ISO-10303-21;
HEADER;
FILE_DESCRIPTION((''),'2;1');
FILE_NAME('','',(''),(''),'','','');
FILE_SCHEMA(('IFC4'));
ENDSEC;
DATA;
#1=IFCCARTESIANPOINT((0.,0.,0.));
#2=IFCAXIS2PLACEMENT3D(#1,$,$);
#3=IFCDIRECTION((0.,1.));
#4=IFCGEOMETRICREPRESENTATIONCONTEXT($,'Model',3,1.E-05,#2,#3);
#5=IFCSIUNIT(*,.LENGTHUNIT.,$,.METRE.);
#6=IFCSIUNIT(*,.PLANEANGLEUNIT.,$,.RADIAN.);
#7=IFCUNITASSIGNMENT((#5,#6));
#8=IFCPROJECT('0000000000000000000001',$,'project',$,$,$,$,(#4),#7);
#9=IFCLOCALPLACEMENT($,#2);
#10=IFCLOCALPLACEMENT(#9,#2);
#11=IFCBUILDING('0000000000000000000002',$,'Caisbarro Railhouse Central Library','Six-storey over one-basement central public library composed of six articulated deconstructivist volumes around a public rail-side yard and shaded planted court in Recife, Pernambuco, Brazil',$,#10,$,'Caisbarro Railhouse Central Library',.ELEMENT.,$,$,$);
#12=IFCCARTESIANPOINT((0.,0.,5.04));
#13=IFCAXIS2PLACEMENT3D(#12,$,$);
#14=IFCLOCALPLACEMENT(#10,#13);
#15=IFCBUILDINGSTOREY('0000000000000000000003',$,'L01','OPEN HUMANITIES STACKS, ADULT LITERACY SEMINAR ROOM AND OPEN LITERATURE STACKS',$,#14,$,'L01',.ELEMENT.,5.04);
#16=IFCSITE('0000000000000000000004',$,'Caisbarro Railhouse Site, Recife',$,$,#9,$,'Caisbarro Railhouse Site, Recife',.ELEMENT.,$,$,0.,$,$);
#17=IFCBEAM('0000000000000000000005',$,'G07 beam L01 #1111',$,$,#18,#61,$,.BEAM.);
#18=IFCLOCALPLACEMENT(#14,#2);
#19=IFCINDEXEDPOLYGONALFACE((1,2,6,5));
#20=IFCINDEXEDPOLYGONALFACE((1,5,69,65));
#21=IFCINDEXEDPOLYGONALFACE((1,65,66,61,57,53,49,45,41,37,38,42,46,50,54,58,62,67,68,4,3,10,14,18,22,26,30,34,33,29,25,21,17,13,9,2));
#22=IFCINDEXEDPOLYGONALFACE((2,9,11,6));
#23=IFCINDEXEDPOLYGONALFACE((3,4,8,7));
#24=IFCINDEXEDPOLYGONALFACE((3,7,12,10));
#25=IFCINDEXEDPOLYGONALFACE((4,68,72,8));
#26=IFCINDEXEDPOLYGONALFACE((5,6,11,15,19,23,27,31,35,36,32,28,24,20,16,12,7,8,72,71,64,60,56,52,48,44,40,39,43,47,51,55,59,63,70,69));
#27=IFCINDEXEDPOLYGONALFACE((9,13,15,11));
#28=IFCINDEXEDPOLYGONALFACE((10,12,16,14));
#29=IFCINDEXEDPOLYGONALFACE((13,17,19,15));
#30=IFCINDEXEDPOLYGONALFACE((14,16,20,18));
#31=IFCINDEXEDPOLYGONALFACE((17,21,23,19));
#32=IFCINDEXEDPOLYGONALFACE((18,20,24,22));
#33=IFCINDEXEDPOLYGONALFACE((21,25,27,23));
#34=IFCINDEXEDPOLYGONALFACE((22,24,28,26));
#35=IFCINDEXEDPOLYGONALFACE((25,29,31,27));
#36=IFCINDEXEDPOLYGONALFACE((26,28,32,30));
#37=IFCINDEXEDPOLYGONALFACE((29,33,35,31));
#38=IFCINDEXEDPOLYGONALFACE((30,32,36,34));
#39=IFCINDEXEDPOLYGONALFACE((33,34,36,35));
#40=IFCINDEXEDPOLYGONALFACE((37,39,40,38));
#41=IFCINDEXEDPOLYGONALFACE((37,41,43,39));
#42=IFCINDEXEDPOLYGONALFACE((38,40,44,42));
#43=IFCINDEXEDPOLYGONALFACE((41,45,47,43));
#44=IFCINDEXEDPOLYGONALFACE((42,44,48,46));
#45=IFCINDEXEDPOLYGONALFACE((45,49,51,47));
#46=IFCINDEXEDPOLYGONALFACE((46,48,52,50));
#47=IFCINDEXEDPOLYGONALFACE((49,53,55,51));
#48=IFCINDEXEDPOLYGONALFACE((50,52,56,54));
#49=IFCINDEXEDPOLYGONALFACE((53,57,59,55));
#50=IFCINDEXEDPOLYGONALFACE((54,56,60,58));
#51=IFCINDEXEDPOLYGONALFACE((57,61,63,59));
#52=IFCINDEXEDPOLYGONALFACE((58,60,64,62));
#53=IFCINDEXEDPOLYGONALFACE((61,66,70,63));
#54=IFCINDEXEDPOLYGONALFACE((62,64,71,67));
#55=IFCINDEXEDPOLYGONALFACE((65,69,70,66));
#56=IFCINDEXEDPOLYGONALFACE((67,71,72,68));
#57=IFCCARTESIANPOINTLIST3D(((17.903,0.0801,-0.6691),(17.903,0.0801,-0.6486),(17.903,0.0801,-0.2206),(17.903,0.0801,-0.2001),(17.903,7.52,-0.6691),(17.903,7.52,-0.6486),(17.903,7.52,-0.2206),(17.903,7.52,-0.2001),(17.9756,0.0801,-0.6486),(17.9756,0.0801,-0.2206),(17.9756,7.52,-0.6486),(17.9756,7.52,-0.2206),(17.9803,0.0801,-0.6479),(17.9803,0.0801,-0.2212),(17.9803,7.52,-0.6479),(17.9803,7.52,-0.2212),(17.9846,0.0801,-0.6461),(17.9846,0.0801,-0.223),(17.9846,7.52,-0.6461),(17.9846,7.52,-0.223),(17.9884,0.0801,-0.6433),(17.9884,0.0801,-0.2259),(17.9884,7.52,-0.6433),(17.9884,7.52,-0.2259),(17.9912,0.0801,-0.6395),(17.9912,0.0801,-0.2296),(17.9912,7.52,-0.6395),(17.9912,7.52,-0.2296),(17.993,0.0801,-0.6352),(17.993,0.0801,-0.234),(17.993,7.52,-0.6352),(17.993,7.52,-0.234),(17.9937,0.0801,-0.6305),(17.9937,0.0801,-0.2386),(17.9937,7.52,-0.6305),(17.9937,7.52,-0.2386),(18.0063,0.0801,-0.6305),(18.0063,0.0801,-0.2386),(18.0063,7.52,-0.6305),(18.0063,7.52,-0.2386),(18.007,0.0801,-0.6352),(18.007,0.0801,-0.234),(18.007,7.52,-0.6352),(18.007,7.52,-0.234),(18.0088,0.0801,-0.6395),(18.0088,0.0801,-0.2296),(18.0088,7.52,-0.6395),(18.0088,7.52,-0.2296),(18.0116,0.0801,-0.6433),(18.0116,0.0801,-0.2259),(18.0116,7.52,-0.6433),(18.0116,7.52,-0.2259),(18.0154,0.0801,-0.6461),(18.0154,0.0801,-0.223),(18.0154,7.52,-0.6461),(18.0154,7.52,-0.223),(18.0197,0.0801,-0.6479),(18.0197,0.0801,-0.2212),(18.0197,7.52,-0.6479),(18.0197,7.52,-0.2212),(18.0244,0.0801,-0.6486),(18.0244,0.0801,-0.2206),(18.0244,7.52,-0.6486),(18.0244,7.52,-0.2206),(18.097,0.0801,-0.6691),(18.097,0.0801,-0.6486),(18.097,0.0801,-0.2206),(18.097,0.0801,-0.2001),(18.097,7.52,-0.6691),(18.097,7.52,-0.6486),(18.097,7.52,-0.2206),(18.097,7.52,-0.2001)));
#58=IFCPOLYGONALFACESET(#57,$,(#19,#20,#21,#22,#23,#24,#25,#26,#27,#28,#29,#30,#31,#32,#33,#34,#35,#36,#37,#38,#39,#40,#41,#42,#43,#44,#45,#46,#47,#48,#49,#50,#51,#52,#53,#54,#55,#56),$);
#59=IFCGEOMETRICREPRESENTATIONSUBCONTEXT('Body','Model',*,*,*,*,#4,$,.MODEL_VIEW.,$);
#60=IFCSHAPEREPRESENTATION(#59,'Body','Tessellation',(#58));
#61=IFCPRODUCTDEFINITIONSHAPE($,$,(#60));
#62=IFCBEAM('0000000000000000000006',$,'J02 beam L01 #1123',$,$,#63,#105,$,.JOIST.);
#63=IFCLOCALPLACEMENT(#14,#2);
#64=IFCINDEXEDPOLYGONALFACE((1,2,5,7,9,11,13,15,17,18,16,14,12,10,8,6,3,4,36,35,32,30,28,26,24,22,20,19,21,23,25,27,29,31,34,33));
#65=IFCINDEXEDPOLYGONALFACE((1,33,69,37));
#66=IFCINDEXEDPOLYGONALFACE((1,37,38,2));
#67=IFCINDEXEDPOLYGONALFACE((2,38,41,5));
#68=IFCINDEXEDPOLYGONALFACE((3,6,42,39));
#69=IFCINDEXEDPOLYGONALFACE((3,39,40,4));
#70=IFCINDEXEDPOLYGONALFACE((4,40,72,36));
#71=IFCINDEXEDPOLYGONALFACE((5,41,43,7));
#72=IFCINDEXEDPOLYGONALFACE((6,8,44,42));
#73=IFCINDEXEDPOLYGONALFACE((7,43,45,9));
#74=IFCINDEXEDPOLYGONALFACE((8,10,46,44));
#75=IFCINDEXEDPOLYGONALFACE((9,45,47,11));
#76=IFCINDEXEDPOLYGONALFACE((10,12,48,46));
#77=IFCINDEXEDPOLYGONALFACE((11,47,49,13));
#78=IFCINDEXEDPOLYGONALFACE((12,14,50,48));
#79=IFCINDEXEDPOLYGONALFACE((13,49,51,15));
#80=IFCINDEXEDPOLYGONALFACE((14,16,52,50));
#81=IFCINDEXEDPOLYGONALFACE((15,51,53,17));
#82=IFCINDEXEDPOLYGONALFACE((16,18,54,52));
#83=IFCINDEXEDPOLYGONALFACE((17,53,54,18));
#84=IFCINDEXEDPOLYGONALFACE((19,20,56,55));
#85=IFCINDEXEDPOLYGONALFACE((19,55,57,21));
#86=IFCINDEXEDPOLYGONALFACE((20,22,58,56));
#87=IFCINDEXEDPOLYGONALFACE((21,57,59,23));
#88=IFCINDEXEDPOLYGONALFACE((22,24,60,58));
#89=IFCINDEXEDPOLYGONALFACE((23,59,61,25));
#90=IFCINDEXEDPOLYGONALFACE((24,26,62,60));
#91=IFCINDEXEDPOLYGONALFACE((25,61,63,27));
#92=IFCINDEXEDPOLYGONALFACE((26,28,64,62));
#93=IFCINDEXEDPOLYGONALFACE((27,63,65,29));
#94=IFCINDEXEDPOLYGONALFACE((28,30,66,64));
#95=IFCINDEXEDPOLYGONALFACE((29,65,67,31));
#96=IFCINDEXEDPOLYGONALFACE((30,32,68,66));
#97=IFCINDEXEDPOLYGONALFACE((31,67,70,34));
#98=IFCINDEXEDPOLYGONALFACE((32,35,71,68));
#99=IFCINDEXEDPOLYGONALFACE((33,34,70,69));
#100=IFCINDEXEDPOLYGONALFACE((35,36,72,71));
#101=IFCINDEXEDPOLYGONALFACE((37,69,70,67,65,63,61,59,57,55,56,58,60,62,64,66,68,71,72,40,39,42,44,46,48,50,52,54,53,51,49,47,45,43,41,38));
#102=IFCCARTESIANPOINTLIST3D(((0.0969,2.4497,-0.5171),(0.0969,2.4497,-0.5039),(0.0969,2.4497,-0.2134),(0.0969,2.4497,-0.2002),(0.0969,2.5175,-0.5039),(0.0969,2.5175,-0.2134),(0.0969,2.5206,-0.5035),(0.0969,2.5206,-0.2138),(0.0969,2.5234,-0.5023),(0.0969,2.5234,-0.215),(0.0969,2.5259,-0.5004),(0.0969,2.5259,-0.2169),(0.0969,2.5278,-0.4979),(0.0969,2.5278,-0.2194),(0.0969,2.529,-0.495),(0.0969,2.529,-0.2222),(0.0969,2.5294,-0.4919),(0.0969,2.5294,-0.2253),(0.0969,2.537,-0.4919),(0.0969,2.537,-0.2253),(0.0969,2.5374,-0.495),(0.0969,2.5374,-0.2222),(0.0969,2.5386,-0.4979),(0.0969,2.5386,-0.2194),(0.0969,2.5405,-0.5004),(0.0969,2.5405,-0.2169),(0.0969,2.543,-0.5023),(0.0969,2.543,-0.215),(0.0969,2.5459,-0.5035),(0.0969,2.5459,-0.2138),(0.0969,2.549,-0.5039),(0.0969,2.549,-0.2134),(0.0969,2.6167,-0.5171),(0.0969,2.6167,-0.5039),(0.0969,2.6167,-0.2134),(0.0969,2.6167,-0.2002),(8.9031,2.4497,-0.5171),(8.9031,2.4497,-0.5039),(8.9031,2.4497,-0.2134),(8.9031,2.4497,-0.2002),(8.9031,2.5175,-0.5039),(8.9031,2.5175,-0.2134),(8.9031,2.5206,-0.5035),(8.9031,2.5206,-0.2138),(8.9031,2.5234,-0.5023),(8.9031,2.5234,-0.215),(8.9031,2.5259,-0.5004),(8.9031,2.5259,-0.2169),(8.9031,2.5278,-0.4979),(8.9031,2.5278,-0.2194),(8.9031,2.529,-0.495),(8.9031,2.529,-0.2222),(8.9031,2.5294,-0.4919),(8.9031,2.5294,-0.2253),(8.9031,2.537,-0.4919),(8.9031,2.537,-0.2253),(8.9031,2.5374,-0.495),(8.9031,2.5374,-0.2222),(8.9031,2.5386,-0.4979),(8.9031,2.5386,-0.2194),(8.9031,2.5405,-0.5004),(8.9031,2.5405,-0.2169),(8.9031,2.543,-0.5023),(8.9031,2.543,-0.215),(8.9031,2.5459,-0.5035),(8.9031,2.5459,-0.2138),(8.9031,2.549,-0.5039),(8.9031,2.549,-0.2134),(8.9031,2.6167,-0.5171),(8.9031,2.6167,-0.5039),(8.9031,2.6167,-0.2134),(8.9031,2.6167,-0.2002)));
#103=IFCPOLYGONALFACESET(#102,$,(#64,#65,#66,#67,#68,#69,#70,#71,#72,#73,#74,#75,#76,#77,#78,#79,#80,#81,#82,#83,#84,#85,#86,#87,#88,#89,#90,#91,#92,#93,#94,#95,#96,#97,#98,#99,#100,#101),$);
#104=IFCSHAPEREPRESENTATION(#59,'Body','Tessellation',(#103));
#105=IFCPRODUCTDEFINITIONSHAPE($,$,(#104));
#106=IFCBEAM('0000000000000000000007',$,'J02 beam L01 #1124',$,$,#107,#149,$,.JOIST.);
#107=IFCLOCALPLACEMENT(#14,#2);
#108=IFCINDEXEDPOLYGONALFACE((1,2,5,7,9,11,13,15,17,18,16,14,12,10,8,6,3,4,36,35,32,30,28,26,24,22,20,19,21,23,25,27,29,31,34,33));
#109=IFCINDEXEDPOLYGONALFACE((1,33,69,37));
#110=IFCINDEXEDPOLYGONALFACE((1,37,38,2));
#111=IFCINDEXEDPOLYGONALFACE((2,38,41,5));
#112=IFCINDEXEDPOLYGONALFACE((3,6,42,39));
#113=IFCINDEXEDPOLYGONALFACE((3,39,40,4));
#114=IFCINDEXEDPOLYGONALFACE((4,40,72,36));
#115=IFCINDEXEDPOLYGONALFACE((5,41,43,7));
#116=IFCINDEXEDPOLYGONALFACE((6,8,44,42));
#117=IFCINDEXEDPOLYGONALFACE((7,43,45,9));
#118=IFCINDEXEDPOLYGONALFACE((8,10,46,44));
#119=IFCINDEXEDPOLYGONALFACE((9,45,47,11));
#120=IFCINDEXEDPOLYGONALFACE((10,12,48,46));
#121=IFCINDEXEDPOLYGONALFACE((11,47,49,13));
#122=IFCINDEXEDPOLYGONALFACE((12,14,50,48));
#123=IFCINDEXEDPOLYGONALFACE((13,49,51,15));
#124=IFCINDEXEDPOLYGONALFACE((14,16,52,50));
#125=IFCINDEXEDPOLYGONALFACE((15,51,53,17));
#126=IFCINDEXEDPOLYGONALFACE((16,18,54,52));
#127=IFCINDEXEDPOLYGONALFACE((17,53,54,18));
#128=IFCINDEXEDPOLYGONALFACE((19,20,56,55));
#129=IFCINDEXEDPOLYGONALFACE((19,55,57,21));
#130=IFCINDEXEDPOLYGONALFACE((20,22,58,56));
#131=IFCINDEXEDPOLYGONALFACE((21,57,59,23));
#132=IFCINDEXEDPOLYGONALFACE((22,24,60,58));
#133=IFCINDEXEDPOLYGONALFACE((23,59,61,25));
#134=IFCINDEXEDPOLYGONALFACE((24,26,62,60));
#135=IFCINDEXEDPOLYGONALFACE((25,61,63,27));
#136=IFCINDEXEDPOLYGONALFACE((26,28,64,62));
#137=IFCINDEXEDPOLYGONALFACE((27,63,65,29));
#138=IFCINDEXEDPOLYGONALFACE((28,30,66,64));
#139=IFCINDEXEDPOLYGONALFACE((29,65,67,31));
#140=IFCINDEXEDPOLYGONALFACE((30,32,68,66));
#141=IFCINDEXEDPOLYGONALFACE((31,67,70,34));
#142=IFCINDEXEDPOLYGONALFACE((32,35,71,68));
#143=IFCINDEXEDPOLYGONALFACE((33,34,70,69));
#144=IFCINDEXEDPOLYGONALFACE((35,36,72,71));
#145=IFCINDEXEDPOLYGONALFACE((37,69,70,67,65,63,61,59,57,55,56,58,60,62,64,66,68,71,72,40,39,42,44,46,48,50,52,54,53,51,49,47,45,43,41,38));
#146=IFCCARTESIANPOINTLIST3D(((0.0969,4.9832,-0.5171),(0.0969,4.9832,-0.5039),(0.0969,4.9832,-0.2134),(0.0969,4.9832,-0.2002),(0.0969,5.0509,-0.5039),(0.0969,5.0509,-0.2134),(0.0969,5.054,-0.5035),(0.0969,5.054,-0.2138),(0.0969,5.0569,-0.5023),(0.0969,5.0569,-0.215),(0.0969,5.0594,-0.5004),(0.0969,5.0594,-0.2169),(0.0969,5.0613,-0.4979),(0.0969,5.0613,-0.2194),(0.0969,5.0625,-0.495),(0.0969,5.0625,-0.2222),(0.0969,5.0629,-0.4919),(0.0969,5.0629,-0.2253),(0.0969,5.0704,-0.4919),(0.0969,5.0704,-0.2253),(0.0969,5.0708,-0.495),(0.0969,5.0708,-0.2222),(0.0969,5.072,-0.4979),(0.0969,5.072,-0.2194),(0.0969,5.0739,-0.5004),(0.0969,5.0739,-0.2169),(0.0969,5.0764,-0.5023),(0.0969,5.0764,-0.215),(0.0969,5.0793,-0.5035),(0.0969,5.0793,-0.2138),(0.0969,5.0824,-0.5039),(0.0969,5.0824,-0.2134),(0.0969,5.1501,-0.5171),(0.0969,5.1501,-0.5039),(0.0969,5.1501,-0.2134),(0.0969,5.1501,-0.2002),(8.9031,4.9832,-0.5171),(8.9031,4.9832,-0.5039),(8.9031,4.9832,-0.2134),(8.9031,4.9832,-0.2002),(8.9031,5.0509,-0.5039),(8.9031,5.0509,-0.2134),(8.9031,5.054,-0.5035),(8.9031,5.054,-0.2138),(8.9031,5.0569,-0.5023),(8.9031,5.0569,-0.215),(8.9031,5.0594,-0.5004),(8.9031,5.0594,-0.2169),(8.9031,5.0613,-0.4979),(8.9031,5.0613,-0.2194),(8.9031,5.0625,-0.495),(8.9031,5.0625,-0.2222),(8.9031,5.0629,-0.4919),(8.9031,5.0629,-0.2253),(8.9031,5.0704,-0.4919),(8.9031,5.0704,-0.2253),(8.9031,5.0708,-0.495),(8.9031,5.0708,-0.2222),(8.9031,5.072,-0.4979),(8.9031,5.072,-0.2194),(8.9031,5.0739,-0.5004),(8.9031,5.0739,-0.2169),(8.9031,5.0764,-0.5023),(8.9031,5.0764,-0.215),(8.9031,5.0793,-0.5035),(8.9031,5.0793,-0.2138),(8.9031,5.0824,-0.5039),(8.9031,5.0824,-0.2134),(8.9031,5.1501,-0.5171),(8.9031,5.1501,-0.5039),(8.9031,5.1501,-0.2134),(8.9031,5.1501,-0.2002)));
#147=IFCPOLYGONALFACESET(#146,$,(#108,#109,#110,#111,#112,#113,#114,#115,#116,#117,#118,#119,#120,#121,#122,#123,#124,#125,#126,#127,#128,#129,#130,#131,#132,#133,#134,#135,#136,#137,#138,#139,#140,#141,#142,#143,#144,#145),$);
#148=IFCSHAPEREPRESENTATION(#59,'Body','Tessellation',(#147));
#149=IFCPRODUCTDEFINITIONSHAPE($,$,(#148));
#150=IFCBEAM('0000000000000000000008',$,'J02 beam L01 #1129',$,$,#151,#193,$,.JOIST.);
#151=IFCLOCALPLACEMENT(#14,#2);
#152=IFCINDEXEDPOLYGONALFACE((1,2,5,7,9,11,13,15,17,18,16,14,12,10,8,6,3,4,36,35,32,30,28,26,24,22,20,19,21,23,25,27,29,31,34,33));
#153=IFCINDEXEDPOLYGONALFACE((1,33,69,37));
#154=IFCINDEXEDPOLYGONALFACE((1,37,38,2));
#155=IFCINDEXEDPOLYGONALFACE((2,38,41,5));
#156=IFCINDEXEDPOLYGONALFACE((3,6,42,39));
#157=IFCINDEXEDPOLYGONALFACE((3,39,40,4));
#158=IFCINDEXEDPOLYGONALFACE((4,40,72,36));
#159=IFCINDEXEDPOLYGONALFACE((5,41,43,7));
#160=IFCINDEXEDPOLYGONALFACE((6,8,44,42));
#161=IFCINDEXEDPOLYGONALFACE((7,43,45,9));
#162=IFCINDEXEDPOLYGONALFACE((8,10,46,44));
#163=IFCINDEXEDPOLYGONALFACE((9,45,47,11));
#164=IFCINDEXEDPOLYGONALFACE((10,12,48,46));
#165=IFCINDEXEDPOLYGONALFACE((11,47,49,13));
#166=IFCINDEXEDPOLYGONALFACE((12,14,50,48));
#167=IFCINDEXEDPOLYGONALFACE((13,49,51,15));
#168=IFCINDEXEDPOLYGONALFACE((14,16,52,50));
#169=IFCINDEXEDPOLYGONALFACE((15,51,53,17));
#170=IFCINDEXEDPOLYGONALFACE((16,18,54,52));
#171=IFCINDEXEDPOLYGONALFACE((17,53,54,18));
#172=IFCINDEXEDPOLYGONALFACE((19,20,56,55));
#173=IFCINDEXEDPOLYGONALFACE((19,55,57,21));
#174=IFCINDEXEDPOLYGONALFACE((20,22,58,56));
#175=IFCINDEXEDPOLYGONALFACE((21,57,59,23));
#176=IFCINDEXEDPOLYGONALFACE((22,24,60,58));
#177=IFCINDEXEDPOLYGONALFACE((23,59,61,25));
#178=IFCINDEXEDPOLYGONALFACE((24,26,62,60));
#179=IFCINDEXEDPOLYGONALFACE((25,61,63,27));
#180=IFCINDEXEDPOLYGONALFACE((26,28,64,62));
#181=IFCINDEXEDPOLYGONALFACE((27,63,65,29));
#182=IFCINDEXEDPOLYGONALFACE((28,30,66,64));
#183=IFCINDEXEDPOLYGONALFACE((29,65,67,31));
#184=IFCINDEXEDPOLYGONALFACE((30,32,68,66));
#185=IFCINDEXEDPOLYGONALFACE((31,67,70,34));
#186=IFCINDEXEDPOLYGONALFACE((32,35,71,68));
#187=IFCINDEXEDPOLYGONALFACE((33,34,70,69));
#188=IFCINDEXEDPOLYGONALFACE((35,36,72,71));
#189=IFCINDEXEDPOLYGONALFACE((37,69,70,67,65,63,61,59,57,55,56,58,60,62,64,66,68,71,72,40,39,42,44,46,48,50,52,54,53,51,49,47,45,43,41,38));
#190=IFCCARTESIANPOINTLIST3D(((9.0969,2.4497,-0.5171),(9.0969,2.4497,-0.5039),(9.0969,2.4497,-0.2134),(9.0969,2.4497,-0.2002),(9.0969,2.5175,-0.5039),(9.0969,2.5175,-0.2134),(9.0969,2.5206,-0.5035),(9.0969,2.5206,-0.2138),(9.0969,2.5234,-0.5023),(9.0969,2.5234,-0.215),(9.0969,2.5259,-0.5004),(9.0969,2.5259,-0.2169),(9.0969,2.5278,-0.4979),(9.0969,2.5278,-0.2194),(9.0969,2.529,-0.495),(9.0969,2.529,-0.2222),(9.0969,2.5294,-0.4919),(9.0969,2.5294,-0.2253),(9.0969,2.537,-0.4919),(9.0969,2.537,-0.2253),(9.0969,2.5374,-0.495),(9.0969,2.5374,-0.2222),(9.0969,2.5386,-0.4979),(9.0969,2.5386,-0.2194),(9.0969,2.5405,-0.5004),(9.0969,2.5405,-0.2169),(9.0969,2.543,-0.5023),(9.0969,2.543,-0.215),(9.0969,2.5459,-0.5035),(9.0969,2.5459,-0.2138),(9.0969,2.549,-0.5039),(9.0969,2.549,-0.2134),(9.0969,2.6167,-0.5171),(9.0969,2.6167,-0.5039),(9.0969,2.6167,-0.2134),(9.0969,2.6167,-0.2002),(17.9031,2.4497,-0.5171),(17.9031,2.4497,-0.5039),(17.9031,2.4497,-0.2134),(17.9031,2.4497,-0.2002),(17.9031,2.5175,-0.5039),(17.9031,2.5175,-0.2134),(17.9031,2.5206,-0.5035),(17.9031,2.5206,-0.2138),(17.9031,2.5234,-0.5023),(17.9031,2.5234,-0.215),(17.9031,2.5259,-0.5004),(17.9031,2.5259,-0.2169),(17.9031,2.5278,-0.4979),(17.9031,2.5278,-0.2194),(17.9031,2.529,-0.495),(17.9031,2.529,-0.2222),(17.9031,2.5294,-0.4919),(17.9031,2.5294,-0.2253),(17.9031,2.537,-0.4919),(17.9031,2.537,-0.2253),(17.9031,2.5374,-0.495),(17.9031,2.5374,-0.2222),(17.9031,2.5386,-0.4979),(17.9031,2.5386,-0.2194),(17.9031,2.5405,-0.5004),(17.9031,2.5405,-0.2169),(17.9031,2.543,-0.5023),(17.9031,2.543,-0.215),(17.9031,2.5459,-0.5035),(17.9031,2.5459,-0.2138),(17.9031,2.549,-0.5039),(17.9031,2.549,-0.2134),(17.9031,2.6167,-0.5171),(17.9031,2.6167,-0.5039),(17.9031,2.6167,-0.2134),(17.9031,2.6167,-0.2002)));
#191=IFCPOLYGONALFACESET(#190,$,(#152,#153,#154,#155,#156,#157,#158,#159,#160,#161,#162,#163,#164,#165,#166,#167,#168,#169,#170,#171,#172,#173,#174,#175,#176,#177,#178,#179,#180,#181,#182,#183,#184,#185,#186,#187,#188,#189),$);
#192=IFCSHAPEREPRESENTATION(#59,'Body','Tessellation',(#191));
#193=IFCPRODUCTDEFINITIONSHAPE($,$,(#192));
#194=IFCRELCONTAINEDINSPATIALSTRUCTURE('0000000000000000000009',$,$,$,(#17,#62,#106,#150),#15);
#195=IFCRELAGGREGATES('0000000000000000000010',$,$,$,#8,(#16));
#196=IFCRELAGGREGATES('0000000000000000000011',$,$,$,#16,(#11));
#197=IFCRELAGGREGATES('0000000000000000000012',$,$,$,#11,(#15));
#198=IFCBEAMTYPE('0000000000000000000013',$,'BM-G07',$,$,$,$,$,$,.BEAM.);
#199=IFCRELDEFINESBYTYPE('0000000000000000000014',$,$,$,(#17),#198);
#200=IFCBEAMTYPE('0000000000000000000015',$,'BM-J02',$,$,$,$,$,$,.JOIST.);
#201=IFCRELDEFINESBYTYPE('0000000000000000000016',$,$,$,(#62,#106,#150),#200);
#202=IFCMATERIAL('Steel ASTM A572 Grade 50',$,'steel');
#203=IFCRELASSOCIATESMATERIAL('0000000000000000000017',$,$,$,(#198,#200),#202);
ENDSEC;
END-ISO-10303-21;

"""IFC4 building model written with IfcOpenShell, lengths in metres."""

from ifc_helpers import new_model, si_unit, direction, frame, origin, origin_2d, place, context, subcontext, project, spatial, i_section, extrude, material, material_profile, profile_set, type_object, element, save


model = new_model("IFC4")

# Units and contexts
model_context = context("Model", 3, precision=1e-05, world=origin(), true_north=direction((0.0, 1.0)))
body_context = subcontext(model_context, "Body", "Model", "MODEL_VIEW")
ifc_project = project(units=[si_unit("LENGTHUNIT", "METRE"), si_unit("PLANEANGLEUNIT", "RADIAN")], contexts=[model_context])

# Site, building, storey
site_placement = place(None, origin())
site = spatial("IfcSite", under=ifc_project, at=site_placement, Name="Caisbarro Railhouse Site, Recife", LongName="Caisbarro Railhouse Site, Recife", CompositionType="ELEMENT", RefElevation=0.0)
building_placement = place(site_placement, origin())
building = spatial("IfcBuilding", under=site, at=building_placement, Name="Caisbarro Railhouse Central Library", Description="Six-storey over one-basement central public library composed of six articulated deconstructivist volumes around a public rail-side yard and shaded planted court in Recife, Pernambuco, Brazil", LongName="Caisbarro Railhouse Central Library", CompositionType="ELEMENT")
storey_placement = place(building_placement, frame((0.0, 0.0, 5.04)))
storey = spatial("IfcBuildingStorey", under=building, at=storey_placement, Name="L01", Description="OPEN HUMANITIES STACKS, ADULT LITERACY SEMINAR ROOM AND OPEN LITERATURE STACKS", LongName="L01", CompositionType="ELEMENT", Elevation=5.04)

# Shared definitions
ifc_material_1 = material(Name="Steel ASTM A572 Grade 50", Category="steel")

# Beams
ifc_material_profile_1 = material_profile(ifc_material_1, i_section(OverallWidth=0.1941, OverallDepth=0.469, WebThickness=0.0127, FlangeThickness=0.0205, FilletRadius=0.0181, at=origin_2d()), Name="W460X106.0")
ifc_profile_set_1 = profile_set([ifc_material_profile_1], Name="Steel ASTM A572 Grade 50")
beam_type_1 = type_object("IfcBeamType", Name="BM-G07", PredefinedType="BEAM", material=ifc_profile_set_1)
for number, where, z_axis, x_axis, name in (
    (1, (18.0, 0.0801, -0.4346), (0.0, 1.0, 0.0), (-1.0, 0.0, 0.0), "G07 beam L01 #1111"),
):
    element("IfcBeam", number, at=place(storey_placement, frame(where, z_axis=z_axis, x_axis=x_axis)), inside=storey, type_object=beam_type_1, Name=name, PredefinedType="BEAM", context=body_context, shape_type="SweptSolid", body=[
        extrude(i_section(OverallWidth=0.1941, OverallDepth=0.469, WebThickness=0.0127, FlangeThickness=0.0205, FilletRadius=0.0181, at=origin_2d()), origin(), (0.0, 0.0, 1.0), 7.4399),
    ])
ifc_material_profile_2 = material_profile(ifc_material_1, i_section(OverallWidth=0.167, OverallDepth=0.3169, WebThickness=0.0076, FlangeThickness=0.0132, FilletRadius=0.012, at=origin_2d()), Name="W310X52.0")
ifc_profile_set_2 = profile_set([ifc_material_profile_2], Name="Steel ASTM A572 Grade 50")
beam_type_2 = type_object("IfcBeamType", Name="BM-J02", PredefinedType="JOIST", material=ifc_profile_set_2)
for number, where, z_axis, x_axis, name in (
    (2, (0.0969, 2.5332, -0.3586), (1.0, 0.0, 0.0), (0.0, 1.0, 0.0), "J02 beam L01 #1123"),
    (3, (0.0969, 5.0667, -0.3586), (1.0, 0.0, 0.0), (0.0, 1.0, 0.0), "J02 beam L01 #1124"),
    (4, (9.0969, 2.5332, -0.3586), (1.0, 0.0, 0.0), (0.0, 1.0, 0.0), "J02 beam L01 #1129"),
):
    element("IfcBeam", number, at=place(storey_placement, frame(where, z_axis=z_axis, x_axis=x_axis)), inside=storey, type_object=beam_type_2, Name=name, PredefinedType="JOIST", context=body_context, shape_type="SweptSolid", body=[
        extrude(i_section(OverallWidth=0.167, OverallDepth=0.3169, WebThickness=0.0076, FlangeThickness=0.0132, FilletRadius=0.012, at=origin_2d()), origin(), (0.0, 0.0, 1.0), 8.8062),
    ])

save(model, "model.ifc")
